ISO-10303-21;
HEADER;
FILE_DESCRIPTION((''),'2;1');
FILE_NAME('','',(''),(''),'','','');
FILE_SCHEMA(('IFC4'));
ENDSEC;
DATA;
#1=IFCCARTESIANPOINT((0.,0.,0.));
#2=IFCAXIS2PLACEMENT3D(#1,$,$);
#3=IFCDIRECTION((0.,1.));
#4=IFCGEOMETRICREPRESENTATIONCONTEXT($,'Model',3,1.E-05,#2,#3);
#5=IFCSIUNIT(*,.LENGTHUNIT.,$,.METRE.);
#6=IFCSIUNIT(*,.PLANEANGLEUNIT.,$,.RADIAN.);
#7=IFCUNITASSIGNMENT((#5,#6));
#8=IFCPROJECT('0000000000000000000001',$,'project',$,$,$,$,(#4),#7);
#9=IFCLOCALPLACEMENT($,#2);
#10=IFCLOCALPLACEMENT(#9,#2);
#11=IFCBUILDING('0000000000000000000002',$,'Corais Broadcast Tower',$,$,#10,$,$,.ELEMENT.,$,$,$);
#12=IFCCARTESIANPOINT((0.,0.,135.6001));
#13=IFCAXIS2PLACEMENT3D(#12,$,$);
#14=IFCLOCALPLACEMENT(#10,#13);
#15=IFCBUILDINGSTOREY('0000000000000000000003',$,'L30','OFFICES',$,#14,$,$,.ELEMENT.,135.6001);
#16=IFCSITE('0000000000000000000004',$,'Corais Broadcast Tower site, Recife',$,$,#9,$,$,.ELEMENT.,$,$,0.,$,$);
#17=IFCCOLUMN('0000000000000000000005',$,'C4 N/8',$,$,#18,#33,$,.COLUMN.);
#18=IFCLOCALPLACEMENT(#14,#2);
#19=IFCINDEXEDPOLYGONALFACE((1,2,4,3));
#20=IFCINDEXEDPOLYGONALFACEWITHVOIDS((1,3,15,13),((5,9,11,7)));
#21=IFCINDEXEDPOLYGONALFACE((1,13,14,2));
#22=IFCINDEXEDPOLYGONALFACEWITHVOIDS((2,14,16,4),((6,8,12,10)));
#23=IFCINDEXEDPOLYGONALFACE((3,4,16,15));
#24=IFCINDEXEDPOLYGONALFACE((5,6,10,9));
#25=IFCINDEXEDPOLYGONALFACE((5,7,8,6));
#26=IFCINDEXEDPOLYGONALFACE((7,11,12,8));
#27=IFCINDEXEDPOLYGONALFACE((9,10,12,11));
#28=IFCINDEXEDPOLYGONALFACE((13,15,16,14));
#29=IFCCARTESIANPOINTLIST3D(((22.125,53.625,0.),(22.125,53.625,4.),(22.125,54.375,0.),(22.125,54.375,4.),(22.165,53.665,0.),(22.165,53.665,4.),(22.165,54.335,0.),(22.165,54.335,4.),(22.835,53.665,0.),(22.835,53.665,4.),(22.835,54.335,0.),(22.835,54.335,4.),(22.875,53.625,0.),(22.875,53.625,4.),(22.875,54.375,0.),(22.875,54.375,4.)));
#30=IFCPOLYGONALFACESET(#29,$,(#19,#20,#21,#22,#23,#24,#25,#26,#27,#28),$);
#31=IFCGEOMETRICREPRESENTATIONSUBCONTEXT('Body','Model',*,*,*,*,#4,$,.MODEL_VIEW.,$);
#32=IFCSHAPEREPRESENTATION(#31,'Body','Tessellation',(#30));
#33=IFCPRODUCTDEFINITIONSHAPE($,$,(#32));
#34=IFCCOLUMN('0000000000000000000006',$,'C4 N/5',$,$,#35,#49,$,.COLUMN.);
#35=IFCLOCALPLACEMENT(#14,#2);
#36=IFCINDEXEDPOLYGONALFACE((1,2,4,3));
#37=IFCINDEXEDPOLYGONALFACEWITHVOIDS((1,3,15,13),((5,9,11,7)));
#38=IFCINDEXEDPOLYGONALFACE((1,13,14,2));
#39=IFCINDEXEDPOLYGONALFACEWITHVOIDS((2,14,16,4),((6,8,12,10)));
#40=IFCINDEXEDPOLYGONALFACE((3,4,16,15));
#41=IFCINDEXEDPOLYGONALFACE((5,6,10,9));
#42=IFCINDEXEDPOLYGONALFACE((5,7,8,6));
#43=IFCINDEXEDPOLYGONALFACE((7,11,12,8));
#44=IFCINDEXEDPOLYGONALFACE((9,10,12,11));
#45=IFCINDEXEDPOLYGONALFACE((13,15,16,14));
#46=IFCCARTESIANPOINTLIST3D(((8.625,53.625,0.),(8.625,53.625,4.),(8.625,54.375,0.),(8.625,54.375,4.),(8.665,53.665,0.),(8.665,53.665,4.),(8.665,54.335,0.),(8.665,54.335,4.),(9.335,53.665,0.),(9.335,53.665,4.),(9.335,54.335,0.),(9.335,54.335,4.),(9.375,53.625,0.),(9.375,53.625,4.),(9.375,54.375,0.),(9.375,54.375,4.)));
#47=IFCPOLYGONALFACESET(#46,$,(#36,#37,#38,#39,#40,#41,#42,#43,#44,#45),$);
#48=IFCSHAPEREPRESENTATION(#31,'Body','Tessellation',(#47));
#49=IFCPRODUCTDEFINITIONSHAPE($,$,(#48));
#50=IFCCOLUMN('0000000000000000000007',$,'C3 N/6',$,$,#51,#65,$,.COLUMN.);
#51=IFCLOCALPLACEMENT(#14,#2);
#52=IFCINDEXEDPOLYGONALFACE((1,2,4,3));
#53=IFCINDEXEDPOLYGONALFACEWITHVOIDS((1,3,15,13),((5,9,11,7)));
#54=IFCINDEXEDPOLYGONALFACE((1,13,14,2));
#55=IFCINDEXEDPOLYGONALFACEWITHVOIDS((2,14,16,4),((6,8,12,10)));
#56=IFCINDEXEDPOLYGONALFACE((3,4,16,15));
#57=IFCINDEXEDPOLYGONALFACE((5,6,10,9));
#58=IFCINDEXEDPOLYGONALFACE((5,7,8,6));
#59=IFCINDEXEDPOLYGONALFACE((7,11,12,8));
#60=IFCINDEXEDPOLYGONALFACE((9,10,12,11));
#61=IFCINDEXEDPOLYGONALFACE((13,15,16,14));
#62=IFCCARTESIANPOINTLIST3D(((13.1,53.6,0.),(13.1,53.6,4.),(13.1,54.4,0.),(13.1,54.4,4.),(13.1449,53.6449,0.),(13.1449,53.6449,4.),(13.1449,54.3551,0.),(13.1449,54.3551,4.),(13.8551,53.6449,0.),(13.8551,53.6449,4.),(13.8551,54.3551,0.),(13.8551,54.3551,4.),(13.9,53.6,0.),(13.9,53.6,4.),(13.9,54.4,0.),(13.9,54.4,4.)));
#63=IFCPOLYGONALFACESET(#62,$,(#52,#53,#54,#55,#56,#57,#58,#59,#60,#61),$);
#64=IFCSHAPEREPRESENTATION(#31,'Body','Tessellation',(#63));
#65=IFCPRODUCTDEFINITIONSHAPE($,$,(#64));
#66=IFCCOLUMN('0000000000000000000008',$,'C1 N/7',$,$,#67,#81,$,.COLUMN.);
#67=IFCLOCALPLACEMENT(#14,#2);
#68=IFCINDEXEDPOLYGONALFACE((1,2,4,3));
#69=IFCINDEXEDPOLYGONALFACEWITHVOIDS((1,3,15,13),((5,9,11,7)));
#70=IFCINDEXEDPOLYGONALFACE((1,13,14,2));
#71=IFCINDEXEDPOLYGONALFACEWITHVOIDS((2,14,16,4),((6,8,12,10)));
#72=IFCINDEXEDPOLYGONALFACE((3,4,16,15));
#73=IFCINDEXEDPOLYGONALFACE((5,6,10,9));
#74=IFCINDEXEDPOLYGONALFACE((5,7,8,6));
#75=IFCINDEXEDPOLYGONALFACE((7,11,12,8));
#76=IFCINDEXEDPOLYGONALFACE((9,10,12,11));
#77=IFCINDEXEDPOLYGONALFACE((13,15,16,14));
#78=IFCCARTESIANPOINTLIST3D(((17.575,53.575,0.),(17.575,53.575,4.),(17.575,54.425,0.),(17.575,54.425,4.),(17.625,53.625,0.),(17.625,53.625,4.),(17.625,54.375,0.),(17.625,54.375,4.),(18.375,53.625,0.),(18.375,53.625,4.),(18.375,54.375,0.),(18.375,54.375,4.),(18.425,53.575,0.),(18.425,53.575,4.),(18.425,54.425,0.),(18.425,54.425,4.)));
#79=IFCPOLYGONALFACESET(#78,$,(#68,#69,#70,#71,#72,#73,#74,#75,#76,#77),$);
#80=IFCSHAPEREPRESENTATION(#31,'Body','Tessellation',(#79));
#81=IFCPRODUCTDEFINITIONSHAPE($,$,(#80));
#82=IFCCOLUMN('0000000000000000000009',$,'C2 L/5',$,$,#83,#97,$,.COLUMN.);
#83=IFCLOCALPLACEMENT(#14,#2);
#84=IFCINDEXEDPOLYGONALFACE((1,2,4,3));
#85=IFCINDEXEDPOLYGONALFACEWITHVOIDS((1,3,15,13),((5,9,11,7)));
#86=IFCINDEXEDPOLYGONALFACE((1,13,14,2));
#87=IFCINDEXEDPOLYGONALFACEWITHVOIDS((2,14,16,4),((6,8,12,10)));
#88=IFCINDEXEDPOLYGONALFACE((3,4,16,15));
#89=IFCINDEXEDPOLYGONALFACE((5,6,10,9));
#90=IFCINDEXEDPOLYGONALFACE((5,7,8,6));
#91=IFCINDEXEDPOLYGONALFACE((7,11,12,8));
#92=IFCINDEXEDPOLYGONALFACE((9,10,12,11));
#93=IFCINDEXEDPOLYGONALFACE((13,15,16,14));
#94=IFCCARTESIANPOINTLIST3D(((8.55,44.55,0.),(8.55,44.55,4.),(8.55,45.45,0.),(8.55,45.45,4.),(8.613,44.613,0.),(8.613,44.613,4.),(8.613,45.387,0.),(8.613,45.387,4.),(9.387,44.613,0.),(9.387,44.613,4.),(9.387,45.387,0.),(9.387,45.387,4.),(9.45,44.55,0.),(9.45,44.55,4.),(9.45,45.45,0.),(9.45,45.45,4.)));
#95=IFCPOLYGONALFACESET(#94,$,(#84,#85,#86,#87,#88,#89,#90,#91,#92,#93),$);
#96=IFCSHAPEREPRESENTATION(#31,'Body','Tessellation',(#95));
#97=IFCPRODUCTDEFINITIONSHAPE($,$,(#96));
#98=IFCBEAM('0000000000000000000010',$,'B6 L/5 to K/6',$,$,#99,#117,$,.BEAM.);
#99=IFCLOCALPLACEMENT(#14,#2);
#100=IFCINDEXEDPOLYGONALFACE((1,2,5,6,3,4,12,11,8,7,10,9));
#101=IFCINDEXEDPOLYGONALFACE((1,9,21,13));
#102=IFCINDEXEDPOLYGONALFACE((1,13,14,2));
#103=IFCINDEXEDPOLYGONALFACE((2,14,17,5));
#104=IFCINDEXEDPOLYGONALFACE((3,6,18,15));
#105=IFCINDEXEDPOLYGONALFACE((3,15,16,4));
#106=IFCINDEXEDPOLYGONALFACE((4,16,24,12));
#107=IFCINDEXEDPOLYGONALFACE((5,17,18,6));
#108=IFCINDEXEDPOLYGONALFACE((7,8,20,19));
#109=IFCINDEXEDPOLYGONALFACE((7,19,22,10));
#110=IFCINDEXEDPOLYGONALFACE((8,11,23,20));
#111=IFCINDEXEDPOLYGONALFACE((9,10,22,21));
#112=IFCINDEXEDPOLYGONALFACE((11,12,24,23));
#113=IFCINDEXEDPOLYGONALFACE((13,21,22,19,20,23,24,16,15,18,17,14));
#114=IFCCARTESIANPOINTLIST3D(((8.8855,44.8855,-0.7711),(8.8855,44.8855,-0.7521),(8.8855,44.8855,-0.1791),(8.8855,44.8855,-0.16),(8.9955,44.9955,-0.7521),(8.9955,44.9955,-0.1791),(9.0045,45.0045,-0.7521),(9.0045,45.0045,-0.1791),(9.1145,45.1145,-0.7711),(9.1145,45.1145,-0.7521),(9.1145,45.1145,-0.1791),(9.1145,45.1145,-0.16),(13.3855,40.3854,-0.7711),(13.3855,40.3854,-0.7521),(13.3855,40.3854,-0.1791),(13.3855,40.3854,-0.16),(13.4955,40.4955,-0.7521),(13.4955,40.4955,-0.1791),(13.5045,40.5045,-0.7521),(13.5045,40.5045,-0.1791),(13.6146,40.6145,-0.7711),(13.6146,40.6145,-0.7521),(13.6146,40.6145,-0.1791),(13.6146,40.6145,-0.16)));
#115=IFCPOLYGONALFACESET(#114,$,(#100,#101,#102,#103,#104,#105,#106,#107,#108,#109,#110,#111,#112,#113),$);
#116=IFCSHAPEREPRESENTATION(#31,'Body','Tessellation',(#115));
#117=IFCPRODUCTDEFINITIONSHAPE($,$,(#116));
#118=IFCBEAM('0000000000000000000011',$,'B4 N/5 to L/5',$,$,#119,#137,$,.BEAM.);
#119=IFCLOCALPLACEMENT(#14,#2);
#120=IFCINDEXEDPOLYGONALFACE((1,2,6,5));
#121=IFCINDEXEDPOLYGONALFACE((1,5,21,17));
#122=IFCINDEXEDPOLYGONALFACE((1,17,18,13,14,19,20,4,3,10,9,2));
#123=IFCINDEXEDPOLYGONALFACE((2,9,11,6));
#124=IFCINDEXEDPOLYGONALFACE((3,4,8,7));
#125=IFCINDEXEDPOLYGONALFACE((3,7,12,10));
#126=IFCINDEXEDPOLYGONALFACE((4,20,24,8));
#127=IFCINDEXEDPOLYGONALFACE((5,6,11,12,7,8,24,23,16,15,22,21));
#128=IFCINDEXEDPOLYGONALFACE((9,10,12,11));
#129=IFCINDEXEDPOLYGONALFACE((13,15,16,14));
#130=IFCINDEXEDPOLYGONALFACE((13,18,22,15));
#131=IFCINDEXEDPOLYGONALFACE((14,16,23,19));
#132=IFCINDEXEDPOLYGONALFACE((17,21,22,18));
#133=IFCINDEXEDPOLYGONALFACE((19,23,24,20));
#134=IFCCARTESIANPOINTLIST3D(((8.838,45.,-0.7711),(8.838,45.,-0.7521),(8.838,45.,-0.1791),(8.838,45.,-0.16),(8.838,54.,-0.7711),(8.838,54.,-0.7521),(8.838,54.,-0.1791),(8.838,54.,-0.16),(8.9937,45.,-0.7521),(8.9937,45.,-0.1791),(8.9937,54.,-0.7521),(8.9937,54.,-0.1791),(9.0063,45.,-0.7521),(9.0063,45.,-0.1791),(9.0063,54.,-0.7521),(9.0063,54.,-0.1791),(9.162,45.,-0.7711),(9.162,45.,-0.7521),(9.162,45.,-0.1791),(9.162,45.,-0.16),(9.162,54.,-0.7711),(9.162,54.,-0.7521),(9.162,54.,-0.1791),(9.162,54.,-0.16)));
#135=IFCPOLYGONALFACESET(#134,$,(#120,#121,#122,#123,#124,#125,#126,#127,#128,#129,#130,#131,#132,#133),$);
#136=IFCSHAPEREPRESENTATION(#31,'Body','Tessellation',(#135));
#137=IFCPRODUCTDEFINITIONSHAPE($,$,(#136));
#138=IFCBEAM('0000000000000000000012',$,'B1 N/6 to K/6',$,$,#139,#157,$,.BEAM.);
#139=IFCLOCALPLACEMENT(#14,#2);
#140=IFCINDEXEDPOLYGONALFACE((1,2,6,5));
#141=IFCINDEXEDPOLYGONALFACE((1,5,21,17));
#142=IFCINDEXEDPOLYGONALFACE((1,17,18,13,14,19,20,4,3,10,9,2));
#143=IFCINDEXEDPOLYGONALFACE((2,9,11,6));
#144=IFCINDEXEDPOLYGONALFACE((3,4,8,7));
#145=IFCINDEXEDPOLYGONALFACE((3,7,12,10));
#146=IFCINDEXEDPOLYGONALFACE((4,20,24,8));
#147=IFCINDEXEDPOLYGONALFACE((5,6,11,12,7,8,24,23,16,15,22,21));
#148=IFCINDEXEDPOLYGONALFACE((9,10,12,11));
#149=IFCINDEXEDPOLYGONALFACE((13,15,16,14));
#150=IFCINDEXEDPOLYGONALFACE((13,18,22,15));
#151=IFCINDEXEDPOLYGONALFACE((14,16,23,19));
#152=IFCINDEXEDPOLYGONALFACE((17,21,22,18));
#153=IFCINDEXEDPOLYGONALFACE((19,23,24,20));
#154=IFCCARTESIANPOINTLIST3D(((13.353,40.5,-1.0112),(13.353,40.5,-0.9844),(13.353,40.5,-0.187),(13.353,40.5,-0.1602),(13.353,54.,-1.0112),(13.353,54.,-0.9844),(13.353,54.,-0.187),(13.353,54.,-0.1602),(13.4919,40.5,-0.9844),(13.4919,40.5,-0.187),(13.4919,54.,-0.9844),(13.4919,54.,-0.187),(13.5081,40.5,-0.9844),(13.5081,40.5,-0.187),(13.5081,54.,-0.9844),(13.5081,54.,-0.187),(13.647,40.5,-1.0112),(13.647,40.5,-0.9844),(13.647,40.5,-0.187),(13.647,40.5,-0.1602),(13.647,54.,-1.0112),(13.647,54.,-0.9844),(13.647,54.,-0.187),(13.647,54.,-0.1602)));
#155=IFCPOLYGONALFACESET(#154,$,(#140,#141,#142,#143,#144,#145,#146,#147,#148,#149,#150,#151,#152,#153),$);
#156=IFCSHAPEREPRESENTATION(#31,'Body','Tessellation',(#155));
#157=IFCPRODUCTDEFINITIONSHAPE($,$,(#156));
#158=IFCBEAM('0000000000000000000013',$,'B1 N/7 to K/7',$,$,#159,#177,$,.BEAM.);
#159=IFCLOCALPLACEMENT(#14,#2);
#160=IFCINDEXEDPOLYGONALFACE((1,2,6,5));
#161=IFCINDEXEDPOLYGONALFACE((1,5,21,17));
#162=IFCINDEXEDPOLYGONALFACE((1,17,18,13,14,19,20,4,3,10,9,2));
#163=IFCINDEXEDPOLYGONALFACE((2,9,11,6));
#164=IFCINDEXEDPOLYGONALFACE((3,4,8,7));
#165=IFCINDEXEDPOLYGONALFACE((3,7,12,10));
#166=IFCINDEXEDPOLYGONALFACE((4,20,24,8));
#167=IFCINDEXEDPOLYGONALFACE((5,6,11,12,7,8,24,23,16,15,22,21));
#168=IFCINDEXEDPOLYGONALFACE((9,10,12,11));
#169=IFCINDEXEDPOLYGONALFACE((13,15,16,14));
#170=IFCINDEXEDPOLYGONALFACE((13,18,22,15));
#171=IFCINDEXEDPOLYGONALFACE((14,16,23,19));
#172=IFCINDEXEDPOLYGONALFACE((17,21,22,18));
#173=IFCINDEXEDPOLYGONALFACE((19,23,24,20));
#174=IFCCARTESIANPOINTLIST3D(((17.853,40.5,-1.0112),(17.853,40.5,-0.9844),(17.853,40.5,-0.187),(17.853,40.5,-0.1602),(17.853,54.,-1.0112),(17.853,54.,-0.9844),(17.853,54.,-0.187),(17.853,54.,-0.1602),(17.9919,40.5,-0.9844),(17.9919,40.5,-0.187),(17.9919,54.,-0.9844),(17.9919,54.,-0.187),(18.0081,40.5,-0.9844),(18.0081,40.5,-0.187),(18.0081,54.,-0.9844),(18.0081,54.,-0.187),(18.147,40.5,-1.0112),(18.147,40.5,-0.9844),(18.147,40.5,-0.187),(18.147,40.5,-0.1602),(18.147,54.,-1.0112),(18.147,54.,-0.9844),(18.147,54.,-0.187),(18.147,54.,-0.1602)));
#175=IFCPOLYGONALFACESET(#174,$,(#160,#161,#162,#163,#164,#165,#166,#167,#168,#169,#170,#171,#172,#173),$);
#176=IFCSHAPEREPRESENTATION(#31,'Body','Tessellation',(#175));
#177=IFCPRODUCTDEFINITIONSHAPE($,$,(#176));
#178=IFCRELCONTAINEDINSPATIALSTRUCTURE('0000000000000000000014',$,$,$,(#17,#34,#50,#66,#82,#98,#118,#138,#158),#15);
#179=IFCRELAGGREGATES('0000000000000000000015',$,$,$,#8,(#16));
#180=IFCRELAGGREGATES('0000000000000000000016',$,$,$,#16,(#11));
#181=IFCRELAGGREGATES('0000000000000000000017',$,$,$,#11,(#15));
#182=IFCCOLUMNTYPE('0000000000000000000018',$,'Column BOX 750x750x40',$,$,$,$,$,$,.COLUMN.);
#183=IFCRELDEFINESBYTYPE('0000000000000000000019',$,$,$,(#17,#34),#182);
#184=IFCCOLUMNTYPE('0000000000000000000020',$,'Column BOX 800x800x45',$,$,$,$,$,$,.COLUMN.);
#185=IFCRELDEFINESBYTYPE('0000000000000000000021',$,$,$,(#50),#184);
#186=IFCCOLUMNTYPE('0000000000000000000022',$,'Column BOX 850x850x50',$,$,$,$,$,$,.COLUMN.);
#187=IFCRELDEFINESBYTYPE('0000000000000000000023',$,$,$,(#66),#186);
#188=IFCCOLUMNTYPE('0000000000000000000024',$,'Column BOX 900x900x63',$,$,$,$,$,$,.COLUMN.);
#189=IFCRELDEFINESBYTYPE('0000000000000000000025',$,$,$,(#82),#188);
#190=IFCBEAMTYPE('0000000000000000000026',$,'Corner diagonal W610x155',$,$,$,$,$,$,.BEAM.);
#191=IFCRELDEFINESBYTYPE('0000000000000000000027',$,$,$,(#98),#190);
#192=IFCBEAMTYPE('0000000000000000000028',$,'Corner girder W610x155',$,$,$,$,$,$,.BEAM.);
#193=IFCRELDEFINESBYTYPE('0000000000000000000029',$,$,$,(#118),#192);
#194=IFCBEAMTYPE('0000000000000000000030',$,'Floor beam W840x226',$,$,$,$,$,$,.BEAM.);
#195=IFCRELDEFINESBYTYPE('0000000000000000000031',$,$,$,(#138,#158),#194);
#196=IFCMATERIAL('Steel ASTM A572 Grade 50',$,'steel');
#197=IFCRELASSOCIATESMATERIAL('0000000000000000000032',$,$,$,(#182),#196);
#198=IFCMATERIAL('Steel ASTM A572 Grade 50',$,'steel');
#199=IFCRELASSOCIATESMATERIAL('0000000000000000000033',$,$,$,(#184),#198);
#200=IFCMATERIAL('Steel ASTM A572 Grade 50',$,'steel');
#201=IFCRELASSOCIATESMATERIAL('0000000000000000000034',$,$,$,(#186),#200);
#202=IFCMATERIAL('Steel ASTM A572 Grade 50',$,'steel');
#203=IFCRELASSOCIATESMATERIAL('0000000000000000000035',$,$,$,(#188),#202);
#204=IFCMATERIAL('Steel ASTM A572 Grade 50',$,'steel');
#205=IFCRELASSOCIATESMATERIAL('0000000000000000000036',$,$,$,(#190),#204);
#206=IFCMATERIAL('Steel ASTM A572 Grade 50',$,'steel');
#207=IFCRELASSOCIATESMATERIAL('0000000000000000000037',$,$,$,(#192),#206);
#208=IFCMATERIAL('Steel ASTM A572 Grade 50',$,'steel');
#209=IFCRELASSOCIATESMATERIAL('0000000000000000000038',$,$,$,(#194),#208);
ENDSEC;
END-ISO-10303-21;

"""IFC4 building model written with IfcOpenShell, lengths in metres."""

from ifc_helpers import new_model, si_unit, direction, frame, origin, origin_2d, place, context, subcontext, project, spatial, hollow_rectangle, i_section, extrude, material, material_profile, profile_set, type_object, element, save


model = new_model("IFC4")

# Units and contexts
model_context = context("Model", 3, precision=1e-05, world=origin(), true_north=direction((0.0, 1.0)))
body_context = subcontext(model_context, "Body", "Model", "MODEL_VIEW")
ifc_project = project(units=[si_unit("LENGTHUNIT", "METRE"), si_unit("PLANEANGLEUNIT", "RADIAN")], contexts=[model_context])

# Site, building, storey
site_placement = place(None, origin())
site = spatial("IfcSite", under=ifc_project, at=site_placement, Name="Corais Broadcast Tower site, Recife", CompositionType="ELEMENT", RefElevation=0.0)
building_placement = place(site_placement, origin())
building = spatial("IfcBuilding", under=site, at=building_placement, Name="Corais Broadcast Tower", CompositionType="ELEMENT")
storey_placement = place(building_placement, frame((0.0, 0.0, 135.6001)))
storey = spatial("IfcBuildingStorey", under=building, at=storey_placement, Name="L30", Description="OFFICES", CompositionType="ELEMENT", Elevation=135.6001)

# Columns
ifc_material_1 = material(Name="Steel ASTM A572 Grade 50", Category="steel")
ifc_material_profile_1 = material_profile(ifc_material_1, hollow_rectangle(XDim=0.75, YDim=0.75, WallThickness=0.04, at=origin_2d()), Name="BOX 750x750x40")
ifc_profile_set_1 = profile_set([ifc_material_profile_1], Name="Steel ASTM A572 Grade 50")
column_type_1 = type_object("IfcColumnType", Name="Column BOX 750x750x40", PredefinedType="COLUMN", material=ifc_profile_set_1)
for number, where, z_axis, x_axis, name in (
    (1, (22.5, 54.0, 0.0), (0.0, 0.0, 1.0), (1.0, 0.0, 0.0), "C4 N/8"),
    (2, (9.0, 54.0, 0.0), (0.0, 0.0, 1.0), (1.0, 0.0, 0.0), "C4 N/5"),
):
    element("IfcColumn", number, at=place(storey_placement, frame(where, z_axis=z_axis, x_axis=x_axis)), inside=storey, type_object=column_type_1, Name=name, PredefinedType="COLUMN", context=body_context, shape_type="SweptSolid", body=[
        extrude(hollow_rectangle(XDim=0.75, YDim=0.75, WallThickness=0.04, at=origin_2d()), origin(), (0.0, 0.0, 1.0), 4.0),
    ])
ifc_material_2 = material(Name="Steel ASTM A572 Grade 50", Category="steel")
ifc_material_profile_2 = material_profile(ifc_material_2, hollow_rectangle(XDim=0.8, YDim=0.8, WallThickness=0.0449, at=origin_2d()), Name="BOX 800x800x45")
ifc_profile_set_2 = profile_set([ifc_material_profile_2], Name="Steel ASTM A572 Grade 50")
column_type_2 = type_object("IfcColumnType", Name="Column BOX 800x800x45", PredefinedType="COLUMN", material=ifc_profile_set_2)
column_1_placement = place(storey_placement, frame((13.5, 54.0, 0.0), z_axis=(0.0, 0.0, 1.0), x_axis=(1.0, 0.0, 0.0)))
element("IfcColumn", 3, at=column_1_placement, inside=storey, type_object=column_type_2, Name="C3 N/6", PredefinedType="COLUMN", context=body_context, shape_type="SweptSolid", body=[
    extrude(hollow_rectangle(XDim=0.8, YDim=0.8, WallThickness=0.0449, at=origin_2d()), origin(), (0.0, 0.0, 1.0), 4.0),
])
ifc_material_3 = material(Name="Steel ASTM A572 Grade 50", Category="steel")
ifc_material_profile_3 = material_profile(ifc_material_3, hollow_rectangle(XDim=0.8501, YDim=0.8501, WallThickness=0.05, at=origin_2d()), Name="BOX 850x850x50")
ifc_profile_set_3 = profile_set([ifc_material_profile_3], Name="Steel ASTM A572 Grade 50")
column_type_3 = type_object("IfcColumnType", Name="Column BOX 850x850x50", PredefinedType="COLUMN", material=ifc_profile_set_3)
column_2_placement = place(storey_placement, frame((18.0, 54.0, 0.0), z_axis=(0.0, 0.0, 1.0), x_axis=(1.0, 0.0, 0.0)))
element("IfcColumn", 4, at=column_2_placement, inside=storey, type_object=column_type_3, Name="C1 N/7", PredefinedType="COLUMN", context=body_context, shape_type="SweptSolid", body=[
    extrude(hollow_rectangle(XDim=0.8501, YDim=0.8501, WallThickness=0.05, at=origin_2d()), origin(), (0.0, 0.0, 1.0), 4.0),
])
ifc_material_4 = material(Name="Steel ASTM A572 Grade 50", Category="steel")
ifc_material_profile_4 = material_profile(ifc_material_4, hollow_rectangle(XDim=0.8999, YDim=0.8999, WallThickness=0.063, at=origin_2d()), Name="BOX 900x900x63")
ifc_profile_set_4 = profile_set([ifc_material_profile_4], Name="Steel ASTM A572 Grade 50")
column_type_4 = type_object("IfcColumnType", Name="Column BOX 900x900x63", PredefinedType="COLUMN", material=ifc_profile_set_4)
column_3_placement = place(storey_placement, frame((9.0, 45.0, 0.0), z_axis=(0.0, 0.0, 1.0), x_axis=(1.0, 0.0, 0.0)))
element("IfcColumn", 5, at=column_3_placement, inside=storey, type_object=column_type_4, Name="C2 L/5", PredefinedType="COLUMN", context=body_context, shape_type="SweptSolid", body=[
    extrude(hollow_rectangle(XDim=0.8999, YDim=0.8999, WallThickness=0.063, at=origin_2d()), origin(), (0.0, 0.0, 1.0), 4.0),
])

# Beams
ifc_material_5 = material(Name="Steel ASTM A572 Grade 50", Category="steel")
ifc_material_profile_5 = material_profile(ifc_material_5, i_section(OverallWidth=0.324, OverallDepth=0.6111, WebThickness=0.0127, FlangeThickness=0.019, at=origin_2d()), Name="W610x155")
ifc_profile_set_5 = profile_set([ifc_material_profile_5], Name="Steel ASTM A572 Grade 50")
beam_type_1 = type_object("IfcBeamType", Name="Corner diagonal W610x155", PredefinedType="BEAM", material=ifc_profile_set_5)
beam_1_placement = place(storey_placement, frame((9.0, 45.0, -0.4656), z_axis=(0.707107, -0.707107, 0.0), x_axis=(0.707107, 0.707107, 0.0)))
element("IfcBeam", 6, at=beam_1_placement, inside=storey, type_object=beam_type_1, Name="B6 L/5 to K/6", PredefinedType="BEAM", context=body_context, shape_type="SweptSolid", body=[
    extrude(i_section(OverallWidth=0.324, OverallDepth=0.6111, WebThickness=0.0127, FlangeThickness=0.019, at=origin_2d()), origin(), (0.0, 0.0, 1.0), 6.364),
])
ifc_material_6 = material(Name="Steel ASTM A572 Grade 50", Category="steel")
ifc_material_profile_6 = material_profile(ifc_material_6, i_section(OverallWidth=0.324, OverallDepth=0.6111, WebThickness=0.0127, FlangeThickness=0.019, at=origin_2d()), Name="W610x155")
ifc_profile_set_6 = profile_set([ifc_material_profile_6], Name="Steel ASTM A572 Grade 50")
beam_type_2 = type_object("IfcBeamType", Name="Corner girder W610x155", PredefinedType="BEAM", material=ifc_profile_set_6)
beam_2_placement = place(storey_placement, frame((9.0, 54.0, -0.4656), z_axis=(0.0, -1.0, 0.0), x_axis=(1.0, 0.0, 0.0)))
element("IfcBeam", 7, at=beam_2_placement, inside=storey, type_object=beam_type_2, Name="B4 N/5 to L/5", PredefinedType="BEAM", context=body_context, shape_type="SweptSolid", body=[
    extrude(i_section(OverallWidth=0.324, OverallDepth=0.6111, WebThickness=0.0127, FlangeThickness=0.019, at=origin_2d()), origin(), (0.0, 0.0, 1.0), 9.0),
])
ifc_material_7 = material(Name="Steel ASTM A572 Grade 50", Category="steel")
ifc_material_profile_7 = material_profile(ifc_material_7, i_section(OverallWidth=0.2939, OverallDepth=0.8511, WebThickness=0.0161, FlangeThickness=0.0269, at=origin_2d()), Name="W840x226")
ifc_profile_set_7 = profile_set([ifc_material_profile_7], Name="Steel ASTM A572 Grade 50")
beam_type_3 = type_object("IfcBeamType", Name="Floor beam W840x226", PredefinedType="BEAM", material=ifc_profile_set_7)
for number, where, z_axis, x_axis, name in (
    (8, (13.5, 54.0, -0.5857), (0.0, -1.0, 0.0), (1.0, 0.0, 0.0), "B1 N/6 to K/6"),
    (9, (18.0, 54.0, -0.5857), (0.0, -1.0, 0.0), (1.0, 0.0, 0.0), "B1 N/7 to K/7"),
):
    element("IfcBeam", number, at=place(storey_placement, frame(where, z_axis=z_axis, x_axis=x_axis)), inside=storey, type_object=beam_type_3, Name=name, PredefinedType="BEAM", context=body_context, shape_type="SweptSolid", body=[
        extrude(i_section(OverallWidth=0.2939, OverallDepth=0.8511, WebThickness=0.0161, FlangeThickness=0.0269, at=origin_2d()), origin(), (0.0, 0.0, 1.0), 13.5),
    ])

save(model, "model.ifc")
